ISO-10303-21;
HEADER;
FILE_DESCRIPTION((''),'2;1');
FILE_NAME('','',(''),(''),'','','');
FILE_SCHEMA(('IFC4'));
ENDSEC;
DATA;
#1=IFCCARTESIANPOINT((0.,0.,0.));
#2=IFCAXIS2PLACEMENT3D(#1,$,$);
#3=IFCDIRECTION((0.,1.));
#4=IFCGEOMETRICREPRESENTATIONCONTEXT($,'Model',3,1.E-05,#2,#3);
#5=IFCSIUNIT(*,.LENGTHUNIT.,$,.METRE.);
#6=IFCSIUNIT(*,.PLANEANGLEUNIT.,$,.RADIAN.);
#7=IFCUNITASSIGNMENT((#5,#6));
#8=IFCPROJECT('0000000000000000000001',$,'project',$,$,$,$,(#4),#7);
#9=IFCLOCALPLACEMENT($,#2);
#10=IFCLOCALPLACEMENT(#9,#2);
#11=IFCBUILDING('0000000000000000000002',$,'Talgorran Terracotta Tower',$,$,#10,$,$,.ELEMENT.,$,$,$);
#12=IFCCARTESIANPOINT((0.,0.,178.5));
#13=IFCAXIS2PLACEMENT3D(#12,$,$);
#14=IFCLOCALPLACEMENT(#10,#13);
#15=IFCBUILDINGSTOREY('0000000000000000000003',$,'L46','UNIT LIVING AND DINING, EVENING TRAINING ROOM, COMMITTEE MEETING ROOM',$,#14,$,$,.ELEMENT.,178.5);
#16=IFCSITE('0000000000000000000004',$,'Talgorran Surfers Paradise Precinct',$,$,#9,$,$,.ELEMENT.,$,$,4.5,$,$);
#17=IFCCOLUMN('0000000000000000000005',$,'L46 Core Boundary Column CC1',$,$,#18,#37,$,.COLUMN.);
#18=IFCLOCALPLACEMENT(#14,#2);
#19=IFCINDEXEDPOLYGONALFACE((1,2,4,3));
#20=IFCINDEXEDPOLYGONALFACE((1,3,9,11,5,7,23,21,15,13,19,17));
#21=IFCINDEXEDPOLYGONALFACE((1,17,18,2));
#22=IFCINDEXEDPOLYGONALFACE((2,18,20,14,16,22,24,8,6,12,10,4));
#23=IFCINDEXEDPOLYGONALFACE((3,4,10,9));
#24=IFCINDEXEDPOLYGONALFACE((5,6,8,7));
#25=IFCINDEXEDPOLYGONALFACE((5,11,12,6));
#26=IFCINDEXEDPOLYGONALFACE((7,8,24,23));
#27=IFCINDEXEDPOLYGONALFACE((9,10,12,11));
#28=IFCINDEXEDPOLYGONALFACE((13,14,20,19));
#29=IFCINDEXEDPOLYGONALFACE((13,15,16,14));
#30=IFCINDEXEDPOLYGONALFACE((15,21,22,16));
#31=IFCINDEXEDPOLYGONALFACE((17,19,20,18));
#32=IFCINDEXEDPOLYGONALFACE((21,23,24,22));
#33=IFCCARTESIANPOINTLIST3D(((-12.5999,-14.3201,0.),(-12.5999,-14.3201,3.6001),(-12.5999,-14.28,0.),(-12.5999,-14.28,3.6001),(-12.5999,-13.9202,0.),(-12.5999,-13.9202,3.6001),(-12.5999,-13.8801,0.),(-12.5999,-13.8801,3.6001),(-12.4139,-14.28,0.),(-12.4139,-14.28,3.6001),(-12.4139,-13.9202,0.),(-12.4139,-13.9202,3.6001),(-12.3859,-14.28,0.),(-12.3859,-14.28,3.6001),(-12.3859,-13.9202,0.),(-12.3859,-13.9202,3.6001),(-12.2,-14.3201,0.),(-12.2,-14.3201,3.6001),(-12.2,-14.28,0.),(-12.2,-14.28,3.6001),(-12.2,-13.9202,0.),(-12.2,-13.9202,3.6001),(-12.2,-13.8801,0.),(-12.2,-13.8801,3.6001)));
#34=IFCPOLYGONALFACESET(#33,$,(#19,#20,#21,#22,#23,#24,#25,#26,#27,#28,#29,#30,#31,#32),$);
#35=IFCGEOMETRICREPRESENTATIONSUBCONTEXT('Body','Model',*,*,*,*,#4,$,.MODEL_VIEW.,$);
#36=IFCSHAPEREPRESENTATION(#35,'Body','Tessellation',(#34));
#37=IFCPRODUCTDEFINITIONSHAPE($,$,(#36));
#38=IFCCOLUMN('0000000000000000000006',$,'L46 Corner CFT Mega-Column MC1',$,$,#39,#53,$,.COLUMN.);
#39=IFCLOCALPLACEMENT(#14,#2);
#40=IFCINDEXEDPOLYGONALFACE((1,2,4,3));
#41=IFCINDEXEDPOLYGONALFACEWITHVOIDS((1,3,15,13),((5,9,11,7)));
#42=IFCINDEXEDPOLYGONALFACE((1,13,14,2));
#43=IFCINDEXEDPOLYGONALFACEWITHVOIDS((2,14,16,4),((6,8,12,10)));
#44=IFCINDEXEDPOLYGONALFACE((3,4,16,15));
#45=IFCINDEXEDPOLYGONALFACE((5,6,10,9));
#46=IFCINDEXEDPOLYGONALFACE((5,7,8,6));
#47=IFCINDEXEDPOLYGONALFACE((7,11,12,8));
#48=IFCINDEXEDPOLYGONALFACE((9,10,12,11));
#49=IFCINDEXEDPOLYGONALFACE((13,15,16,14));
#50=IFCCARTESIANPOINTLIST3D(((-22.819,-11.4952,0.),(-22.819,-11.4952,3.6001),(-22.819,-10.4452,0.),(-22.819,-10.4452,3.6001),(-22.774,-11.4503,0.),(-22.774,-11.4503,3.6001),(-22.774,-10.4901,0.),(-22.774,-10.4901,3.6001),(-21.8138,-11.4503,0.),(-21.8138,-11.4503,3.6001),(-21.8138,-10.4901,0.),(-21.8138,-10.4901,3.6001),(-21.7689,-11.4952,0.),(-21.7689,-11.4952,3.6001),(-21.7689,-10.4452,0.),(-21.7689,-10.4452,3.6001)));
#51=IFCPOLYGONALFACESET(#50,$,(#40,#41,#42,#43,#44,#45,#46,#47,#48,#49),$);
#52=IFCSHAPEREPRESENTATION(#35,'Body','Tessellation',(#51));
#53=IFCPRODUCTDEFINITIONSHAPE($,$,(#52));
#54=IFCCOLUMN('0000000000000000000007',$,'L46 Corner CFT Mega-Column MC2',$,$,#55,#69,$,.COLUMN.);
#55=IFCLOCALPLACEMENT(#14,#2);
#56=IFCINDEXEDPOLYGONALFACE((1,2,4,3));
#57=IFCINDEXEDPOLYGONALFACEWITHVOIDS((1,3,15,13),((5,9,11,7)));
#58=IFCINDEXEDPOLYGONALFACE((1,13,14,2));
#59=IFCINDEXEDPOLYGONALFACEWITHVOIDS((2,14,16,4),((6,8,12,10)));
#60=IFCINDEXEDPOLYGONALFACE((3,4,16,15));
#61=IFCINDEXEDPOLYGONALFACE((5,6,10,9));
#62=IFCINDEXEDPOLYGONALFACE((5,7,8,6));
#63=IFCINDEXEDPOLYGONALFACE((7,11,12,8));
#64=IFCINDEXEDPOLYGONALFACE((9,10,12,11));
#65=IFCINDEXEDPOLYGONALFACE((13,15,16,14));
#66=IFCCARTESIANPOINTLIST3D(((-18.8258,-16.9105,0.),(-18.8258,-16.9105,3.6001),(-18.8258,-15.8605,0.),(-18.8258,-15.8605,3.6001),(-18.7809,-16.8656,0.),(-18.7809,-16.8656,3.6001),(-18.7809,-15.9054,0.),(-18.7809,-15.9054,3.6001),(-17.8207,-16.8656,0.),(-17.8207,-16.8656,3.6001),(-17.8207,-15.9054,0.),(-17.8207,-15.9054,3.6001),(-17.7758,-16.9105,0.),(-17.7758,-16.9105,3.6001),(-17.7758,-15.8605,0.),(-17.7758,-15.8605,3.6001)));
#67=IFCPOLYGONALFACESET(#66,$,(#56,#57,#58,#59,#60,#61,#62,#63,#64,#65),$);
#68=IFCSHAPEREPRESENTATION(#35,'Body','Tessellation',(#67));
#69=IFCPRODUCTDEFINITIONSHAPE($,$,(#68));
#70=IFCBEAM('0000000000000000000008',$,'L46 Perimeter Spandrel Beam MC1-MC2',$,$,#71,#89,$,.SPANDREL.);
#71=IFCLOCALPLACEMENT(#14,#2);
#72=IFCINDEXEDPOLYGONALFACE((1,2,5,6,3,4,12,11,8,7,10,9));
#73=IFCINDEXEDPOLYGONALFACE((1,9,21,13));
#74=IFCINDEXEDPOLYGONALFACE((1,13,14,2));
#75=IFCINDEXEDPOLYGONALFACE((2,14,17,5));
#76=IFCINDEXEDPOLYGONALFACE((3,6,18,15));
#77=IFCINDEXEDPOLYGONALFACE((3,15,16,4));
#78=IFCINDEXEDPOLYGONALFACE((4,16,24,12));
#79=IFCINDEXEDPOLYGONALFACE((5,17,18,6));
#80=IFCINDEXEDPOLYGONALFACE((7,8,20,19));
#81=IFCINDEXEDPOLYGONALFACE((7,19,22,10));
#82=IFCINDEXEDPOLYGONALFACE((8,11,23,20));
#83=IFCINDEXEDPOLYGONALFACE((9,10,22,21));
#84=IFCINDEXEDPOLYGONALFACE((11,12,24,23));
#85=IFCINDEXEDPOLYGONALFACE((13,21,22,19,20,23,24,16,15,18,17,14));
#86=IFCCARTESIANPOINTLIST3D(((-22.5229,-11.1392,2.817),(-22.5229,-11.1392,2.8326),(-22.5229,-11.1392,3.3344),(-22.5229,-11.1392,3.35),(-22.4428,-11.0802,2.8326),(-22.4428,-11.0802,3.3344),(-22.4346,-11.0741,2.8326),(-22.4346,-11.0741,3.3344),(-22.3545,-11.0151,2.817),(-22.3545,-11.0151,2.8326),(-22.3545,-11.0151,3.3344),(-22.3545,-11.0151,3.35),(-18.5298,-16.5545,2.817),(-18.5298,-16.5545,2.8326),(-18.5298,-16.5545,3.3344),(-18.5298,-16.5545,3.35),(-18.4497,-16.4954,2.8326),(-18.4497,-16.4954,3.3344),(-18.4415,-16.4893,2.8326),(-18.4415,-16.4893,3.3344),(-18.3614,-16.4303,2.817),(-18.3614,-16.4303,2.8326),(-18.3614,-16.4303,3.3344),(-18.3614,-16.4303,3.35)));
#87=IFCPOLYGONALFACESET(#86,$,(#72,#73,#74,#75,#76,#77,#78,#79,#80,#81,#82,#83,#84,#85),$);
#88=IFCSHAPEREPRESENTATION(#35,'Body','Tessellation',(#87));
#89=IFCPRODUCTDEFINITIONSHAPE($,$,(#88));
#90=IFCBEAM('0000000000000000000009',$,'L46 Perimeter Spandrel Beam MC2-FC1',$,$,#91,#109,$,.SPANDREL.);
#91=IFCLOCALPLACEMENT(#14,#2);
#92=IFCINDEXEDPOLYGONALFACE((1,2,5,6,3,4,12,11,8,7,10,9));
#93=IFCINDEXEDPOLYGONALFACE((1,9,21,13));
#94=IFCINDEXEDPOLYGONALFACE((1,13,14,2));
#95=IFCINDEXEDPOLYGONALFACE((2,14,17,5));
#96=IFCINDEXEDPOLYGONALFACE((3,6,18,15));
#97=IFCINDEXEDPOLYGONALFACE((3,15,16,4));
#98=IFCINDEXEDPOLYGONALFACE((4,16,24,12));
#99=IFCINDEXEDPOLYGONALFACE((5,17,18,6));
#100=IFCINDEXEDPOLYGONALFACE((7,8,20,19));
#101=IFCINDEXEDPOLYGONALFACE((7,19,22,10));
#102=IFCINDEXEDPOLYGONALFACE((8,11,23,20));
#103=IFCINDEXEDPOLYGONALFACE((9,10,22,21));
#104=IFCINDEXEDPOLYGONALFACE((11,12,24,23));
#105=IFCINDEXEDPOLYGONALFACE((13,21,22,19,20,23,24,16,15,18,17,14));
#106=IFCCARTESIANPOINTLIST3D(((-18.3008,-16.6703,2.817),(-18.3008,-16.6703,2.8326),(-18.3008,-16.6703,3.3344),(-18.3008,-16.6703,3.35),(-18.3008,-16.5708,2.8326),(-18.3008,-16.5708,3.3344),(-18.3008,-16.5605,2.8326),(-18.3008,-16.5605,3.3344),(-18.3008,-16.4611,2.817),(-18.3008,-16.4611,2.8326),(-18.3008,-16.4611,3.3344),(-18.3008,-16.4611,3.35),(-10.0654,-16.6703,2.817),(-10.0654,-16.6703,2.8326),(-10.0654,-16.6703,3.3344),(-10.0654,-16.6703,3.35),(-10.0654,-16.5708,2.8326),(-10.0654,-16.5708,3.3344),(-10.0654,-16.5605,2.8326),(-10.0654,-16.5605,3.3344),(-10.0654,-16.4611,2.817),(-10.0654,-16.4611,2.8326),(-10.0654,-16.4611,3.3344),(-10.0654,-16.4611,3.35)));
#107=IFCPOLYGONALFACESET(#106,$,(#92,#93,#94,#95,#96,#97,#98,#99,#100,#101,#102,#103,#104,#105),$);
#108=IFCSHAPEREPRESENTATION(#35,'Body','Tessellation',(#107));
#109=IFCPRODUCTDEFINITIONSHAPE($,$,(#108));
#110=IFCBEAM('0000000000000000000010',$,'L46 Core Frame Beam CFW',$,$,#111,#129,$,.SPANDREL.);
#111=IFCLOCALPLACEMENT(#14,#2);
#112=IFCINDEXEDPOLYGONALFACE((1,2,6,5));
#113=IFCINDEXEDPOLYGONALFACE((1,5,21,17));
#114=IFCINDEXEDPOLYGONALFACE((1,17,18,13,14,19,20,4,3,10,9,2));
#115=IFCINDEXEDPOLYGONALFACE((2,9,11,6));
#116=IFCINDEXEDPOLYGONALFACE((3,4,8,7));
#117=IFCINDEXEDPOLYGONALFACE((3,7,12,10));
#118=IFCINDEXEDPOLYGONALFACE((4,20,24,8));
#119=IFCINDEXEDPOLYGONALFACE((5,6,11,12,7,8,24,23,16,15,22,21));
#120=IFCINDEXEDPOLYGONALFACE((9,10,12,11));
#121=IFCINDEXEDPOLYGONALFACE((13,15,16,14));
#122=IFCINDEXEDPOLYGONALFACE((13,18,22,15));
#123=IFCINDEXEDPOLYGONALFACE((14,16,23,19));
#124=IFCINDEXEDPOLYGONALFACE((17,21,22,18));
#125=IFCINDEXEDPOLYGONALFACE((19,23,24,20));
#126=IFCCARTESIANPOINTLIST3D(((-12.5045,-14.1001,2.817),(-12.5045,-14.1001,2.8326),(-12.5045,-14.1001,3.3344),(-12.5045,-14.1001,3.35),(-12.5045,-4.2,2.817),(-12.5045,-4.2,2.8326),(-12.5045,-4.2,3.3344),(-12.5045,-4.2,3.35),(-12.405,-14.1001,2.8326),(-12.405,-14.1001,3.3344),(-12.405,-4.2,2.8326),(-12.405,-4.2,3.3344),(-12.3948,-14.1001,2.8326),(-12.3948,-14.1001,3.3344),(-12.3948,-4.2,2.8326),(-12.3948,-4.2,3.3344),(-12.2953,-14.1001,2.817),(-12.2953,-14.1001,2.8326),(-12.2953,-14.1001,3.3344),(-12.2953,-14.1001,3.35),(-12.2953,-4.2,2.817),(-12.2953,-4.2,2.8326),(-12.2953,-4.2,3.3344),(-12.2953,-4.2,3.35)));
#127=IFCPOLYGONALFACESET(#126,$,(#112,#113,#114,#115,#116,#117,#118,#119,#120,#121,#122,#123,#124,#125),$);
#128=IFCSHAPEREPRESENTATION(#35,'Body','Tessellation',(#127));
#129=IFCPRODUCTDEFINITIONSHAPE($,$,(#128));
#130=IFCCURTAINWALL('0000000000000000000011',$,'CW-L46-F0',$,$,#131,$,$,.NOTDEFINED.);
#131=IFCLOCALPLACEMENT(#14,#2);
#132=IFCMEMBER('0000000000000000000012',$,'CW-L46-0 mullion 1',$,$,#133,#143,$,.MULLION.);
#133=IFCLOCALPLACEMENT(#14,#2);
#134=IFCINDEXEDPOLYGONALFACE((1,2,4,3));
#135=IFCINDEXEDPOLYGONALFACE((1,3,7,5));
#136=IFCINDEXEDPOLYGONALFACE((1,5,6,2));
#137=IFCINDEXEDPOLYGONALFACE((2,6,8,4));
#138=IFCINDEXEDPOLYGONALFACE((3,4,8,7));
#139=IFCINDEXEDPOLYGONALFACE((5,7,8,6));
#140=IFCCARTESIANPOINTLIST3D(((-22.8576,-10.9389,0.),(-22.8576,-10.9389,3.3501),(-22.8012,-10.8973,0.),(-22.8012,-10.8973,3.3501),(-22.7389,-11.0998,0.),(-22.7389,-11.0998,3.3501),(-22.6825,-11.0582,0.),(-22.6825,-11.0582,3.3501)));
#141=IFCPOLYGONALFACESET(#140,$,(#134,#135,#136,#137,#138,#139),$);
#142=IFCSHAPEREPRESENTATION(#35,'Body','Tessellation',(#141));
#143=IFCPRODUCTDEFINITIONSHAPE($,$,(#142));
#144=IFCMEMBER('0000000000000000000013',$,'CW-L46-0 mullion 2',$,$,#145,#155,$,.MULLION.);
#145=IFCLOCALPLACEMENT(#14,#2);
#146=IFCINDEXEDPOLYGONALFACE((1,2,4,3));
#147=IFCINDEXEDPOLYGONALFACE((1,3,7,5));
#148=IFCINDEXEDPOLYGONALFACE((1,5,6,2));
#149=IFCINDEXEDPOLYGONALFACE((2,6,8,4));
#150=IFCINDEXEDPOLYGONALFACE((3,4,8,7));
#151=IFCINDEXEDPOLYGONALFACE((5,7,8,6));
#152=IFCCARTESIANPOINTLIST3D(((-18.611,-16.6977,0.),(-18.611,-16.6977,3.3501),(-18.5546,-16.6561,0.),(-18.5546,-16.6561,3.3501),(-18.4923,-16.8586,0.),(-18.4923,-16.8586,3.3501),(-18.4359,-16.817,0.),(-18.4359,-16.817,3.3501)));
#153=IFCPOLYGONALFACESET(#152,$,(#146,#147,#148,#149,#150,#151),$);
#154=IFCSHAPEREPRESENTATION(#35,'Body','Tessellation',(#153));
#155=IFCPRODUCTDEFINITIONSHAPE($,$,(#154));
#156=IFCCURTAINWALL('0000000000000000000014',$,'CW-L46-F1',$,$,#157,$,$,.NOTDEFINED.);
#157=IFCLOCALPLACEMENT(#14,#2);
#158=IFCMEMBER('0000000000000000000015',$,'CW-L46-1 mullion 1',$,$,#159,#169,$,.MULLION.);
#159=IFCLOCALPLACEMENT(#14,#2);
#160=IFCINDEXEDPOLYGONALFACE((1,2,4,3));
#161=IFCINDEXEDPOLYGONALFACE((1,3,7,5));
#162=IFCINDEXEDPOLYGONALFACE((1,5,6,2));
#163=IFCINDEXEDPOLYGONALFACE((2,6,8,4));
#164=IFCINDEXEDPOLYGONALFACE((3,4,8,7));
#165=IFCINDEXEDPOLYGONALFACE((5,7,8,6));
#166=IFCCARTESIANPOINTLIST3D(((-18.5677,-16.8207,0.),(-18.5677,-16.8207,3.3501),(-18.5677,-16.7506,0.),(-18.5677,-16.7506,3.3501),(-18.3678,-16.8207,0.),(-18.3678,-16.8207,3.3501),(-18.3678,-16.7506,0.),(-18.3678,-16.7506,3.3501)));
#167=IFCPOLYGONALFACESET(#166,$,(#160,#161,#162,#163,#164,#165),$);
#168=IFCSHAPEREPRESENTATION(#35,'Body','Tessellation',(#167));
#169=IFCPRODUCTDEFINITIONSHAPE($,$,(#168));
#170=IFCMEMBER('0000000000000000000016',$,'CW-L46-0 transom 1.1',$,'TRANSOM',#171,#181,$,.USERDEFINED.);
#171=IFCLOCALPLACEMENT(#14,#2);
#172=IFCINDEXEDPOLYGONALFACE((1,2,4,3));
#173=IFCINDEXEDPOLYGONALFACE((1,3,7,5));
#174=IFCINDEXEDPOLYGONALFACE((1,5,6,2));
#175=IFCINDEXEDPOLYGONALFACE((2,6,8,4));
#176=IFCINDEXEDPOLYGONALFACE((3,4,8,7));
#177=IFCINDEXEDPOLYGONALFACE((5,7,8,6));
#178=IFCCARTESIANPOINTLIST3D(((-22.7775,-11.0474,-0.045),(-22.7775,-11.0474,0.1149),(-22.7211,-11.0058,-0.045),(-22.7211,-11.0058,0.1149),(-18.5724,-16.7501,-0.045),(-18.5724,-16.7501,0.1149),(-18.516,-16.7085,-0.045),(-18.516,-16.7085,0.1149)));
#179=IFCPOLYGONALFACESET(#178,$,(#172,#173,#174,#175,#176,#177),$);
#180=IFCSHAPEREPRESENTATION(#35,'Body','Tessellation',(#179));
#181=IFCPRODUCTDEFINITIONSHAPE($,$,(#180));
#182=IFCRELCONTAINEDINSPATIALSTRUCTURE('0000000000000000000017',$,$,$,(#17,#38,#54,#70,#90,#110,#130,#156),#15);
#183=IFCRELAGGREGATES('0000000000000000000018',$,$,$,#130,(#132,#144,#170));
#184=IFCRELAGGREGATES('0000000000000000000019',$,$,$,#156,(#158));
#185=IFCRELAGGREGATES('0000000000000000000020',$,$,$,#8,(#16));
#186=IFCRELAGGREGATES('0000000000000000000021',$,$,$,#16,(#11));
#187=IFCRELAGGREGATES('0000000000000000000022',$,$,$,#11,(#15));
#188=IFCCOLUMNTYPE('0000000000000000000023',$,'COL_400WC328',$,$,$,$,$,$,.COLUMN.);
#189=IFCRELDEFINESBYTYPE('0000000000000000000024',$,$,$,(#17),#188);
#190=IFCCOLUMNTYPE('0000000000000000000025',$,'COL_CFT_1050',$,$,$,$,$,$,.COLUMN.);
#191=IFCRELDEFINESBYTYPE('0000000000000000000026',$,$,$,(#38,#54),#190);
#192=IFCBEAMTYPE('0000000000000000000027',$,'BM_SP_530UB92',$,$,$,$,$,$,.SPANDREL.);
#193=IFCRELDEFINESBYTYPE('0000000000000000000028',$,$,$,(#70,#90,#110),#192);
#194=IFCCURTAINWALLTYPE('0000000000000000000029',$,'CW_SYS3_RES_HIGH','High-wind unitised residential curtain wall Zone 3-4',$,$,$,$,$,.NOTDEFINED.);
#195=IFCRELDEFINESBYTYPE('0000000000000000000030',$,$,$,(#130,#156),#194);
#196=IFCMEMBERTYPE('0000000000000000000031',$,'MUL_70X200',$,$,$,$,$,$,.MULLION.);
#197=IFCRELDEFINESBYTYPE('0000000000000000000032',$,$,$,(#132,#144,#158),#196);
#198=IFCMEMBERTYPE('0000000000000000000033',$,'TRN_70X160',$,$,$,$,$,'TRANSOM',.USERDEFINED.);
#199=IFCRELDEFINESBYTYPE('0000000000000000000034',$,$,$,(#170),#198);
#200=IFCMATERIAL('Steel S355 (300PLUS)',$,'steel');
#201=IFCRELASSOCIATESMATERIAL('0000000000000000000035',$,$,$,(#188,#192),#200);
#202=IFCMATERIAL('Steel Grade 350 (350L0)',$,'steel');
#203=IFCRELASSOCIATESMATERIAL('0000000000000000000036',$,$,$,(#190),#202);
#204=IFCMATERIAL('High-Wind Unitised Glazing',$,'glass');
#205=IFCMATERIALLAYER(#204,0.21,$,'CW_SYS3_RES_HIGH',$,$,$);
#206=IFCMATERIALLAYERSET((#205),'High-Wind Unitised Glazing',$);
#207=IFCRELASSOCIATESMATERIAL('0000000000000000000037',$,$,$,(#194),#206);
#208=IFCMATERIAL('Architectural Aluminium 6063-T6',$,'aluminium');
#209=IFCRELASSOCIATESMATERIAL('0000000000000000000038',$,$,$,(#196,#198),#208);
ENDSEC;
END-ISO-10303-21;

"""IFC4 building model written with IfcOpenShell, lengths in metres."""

from ifc_helpers import new_model, si_unit, direction, frame, origin, origin_2d, place, context, subcontext, project, spatial, rectangle, hollow_rectangle, i_section, extrude, material, layer, layer_set, material_profile, profile_set, type_object, element, aggregate, save


model = new_model("IFC4")

# Units and contexts
model_context = context("Model", 3, precision=1e-05, world=origin(), true_north=direction((0.0, 1.0)))
body_context = subcontext(model_context, "Body", "Model", "MODEL_VIEW")
ifc_project = project(units=[si_unit("LENGTHUNIT", "METRE"), si_unit("PLANEANGLEUNIT", "RADIAN")], contexts=[model_context])

# Site, building, storey
site_placement = place(None, origin())
site = spatial("IfcSite", under=ifc_project, at=site_placement, Name="Talgorran Surfers Paradise Precinct", CompositionType="ELEMENT", RefElevation=4.5)
building_placement = place(site_placement, origin())
building = spatial("IfcBuilding", under=site, at=building_placement, Name="Talgorran Terracotta Tower", CompositionType="ELEMENT")
storey_placement = place(building_placement, frame((0.0, 0.0, 178.5)))
storey = spatial("IfcBuildingStorey", under=building, at=storey_placement, Name="L46", Description="UNIT LIVING AND DINING, EVENING TRAINING ROOM, COMMITTEE MEETING ROOM", CompositionType="ELEMENT", Elevation=178.5)

# Columns
ifc_material_1 = material(Name="Steel S355 (300PLUS)", Category="steel")
ifc_material_profile_1 = material_profile(ifc_material_1, i_section(OverallWidth=0.3999, OverallDepth=0.4399, WebThickness=0.0281, FlangeThickness=0.04, at=origin_2d()), Name="400WC328")
ifc_profile_set_1 = profile_set([ifc_material_profile_1], Name="Steel S355 (300PLUS)")
column_type_1 = type_object("IfcColumnType", Name="COL_400WC328", PredefinedType="COLUMN", material=ifc_profile_set_1)
column_placement = place(storey_placement, frame((-12.3999, -14.1001, 0.0), z_axis=(0.0, 0.0, 1.0), x_axis=(1.0, 0.0, 0.0)))
element("IfcColumn", 1, at=column_placement, inside=storey, type_object=column_type_1, Name="L46 Core Boundary Column CC1", PredefinedType="COLUMN", context=body_context, shape_type="SweptSolid", body=[
    extrude(i_section(OverallWidth=0.3999, OverallDepth=0.4399, WebThickness=0.0281, FlangeThickness=0.04, at=origin_2d()), origin(), (0.0, 0.0, 1.0), 3.6001),
])
ifc_material_2 = material(Name="Steel Grade 350 (350L0)", Category="steel")
ifc_material_profile_2 = material_profile(ifc_material_2, hollow_rectangle(XDim=1.05, YDim=1.05, WallThickness=0.0449, at=origin_2d()), Name="CFT1050X1050X45")
ifc_profile_set_2 = profile_set([ifc_material_profile_2], Name="Steel Grade 350 (350L0)")
column_type_2 = type_object("IfcColumnType", Name="COL_CFT_1050", PredefinedType="COLUMN", material=ifc_profile_set_2)
for number, where, z_axis, x_axis, name in (
    (2, (-22.2939, -10.9702, 0.0), (0.0, 0.0, 1.0), (1.0, 0.0, 0.0), "L46 Corner CFT Mega-Column MC1"),
    (3, (-18.3008, -16.3855, 0.0), (0.0, 0.0, 1.0), (1.0, 0.0, 0.0), "L46 Corner CFT Mega-Column MC2"),
):
    element("IfcColumn", number, at=place(storey_placement, frame(where, z_axis=z_axis, x_axis=x_axis)), inside=storey, type_object=column_type_2, Name=name, PredefinedType="COLUMN", context=body_context, shape_type="SweptSolid", body=[
        extrude(hollow_rectangle(XDim=1.05, YDim=1.05, WallThickness=0.0449, at=origin_2d()), origin(), (0.0, 0.0, 1.0), 3.6001),
    ])

# Beams
ifc_material_profile_3 = material_profile(ifc_material_1, i_section(OverallWidth=0.2092, OverallDepth=0.533, WebThickness=0.0103, FlangeThickness=0.0156, at=origin_2d()), Name="530UB92.4")
ifc_profile_set_3 = profile_set([ifc_material_profile_3], Name="Steel S355 (300PLUS)")
beam_type = type_object("IfcBeamType", Name="BM_SP_530UB92", PredefinedType="SPANDREL", material=ifc_profile_set_3)
beam_1_placement = place(storey_placement, frame((-22.4387, -11.0771, 3.0835), z_axis=(0.593484, -0.804846, 0.0), x_axis=(0.804846, 0.593484, 0.0)))
element("IfcBeam", 4, at=beam_1_placement, inside=storey, type_object=beam_type, Name="L46 Perimeter Spandrel Beam MC1-MC2", PredefinedType="SPANDREL", context=body_context, shape_type="SweptSolid", body=[
    extrude(i_section(OverallWidth=0.2092, OverallDepth=0.533, WebThickness=0.0103, FlangeThickness=0.0156, at=origin_2d()), origin(), (0.0, 0.0, 1.0), 6.7283),
])
beam_2_placement = place(storey_placement, frame((-18.3008, -16.5657, 3.0835), z_axis=(1.0, 0.0, 0.0), x_axis=(0.0, 1.0, 0.0)))
element("IfcBeam", 5, at=beam_2_placement, inside=storey, type_object=beam_type, Name="L46 Perimeter Spandrel Beam MC2-FC1", PredefinedType="SPANDREL", context=body_context, shape_type="SweptSolid", body=[
    extrude(i_section(OverallWidth=0.2092, OverallDepth=0.533, WebThickness=0.0103, FlangeThickness=0.0156, at=origin_2d()), origin(), (0.0, 0.0, 1.0), 8.2354),
])
beam_3_placement = place(storey_placement, frame((-12.3999, -14.1001, 3.0835), z_axis=(0.0, 1.0, 0.0), x_axis=(-1.0, 0.0, 0.0)))
element("IfcBeam", 6, at=beam_3_placement, inside=storey, type_object=beam_type, Name="L46 Core Frame Beam CFW", PredefinedType="SPANDREL", context=body_context, shape_type="SweptSolid", body=[
    extrude(i_section(OverallWidth=0.2092, OverallDepth=0.533, WebThickness=0.0103, FlangeThickness=0.0156, at=origin_2d()), origin(), (0.0, 0.0, 1.0), 9.9001),
])

# Curtain wall, members
ifc_material_3 = material(Name="High-Wind Unitised Glazing", Category="glass")
ifc_layer_1 = layer(ifc_material_3, 0.21, Name="CW_SYS3_RES_HIGH")
ifc_layer_set_1 = layer_set([ifc_layer_1], Name="High-Wind Unitised Glazing")
curtain_wall_type = type_object("IfcCurtainWallType", Name="CW_SYS3_RES_HIGH", Description="High-wind unitised residential curtain wall Zone 3-4", PredefinedType="NOTDEFINED", material=ifc_layer_set_1)
curtain_wall_1_placement = place(storey_placement, origin())
curtain_wall_1 = element("IfcCurtainWall", 7, at=curtain_wall_1_placement, inside=storey, type_object=curtain_wall_type, Name="CW-L46-F0", PredefinedType="NOTDEFINED")
ifc_material_4 = material(Name="Architectural Aluminium 6063-T6", Category="aluminium")
ifc_material_profile_4 = material_profile(ifc_material_4, rectangle(XDim=0.0701, YDim=0.2, at=origin_2d()), Name="CWM70X200")
ifc_profile_set_4 = profile_set([ifc_material_profile_4], Name="Architectural Aluminium 6063-T6")
member_type_1 = type_object("IfcMemberType", Name="MUL_70X200", PredefinedType="MULLION", material=ifc_profile_set_4)
member_1_placement = place(storey_placement, frame((-22.77, -10.9985, 0.0), z_axis=(0.0, 0.0, 1.0), x_axis=(0.804841, 0.59349, 0.0)))
member_1 = element("IfcMember", 8, at=member_1_placement, type_object=member_type_1, Name="CW-L46-0 mullion 1", PredefinedType="MULLION", context=body_context, shape_type="SweptSolid", body=[
    extrude(rectangle(XDim=0.0701, YDim=0.2, at=origin_2d()), origin(), (0.0, 0.0, 1.0), 3.3501),
])
member_2_placement = place(storey_placement, frame((-18.5234, -16.7573, 0.0), z_axis=(0.0, 0.0, 1.0), x_axis=(0.804841, 0.59349, 0.0)))
member_2 = element("IfcMember", 9, at=member_2_placement, type_object=member_type_1, Name="CW-L46-0 mullion 2", PredefinedType="MULLION", context=body_context, shape_type="SweptSolid", body=[
    extrude(rectangle(XDim=0.0701, YDim=0.2, at=origin_2d()), origin(), (0.0, 0.0, 1.0), 3.3501),
])

# Curtain wall, member
curtain_wall_2_placement = place(storey_placement, origin())
curtain_wall_2 = element("IfcCurtainWall", 10, at=curtain_wall_2_placement, inside=storey, type_object=curtain_wall_type, Name="CW-L46-F1", PredefinedType="NOTDEFINED")
member_3_placement = place(storey_placement, frame((-18.4678, -16.7856, 0.0), z_axis=(0.0, 0.0, 1.0), x_axis=(0.0, 1.0, 0.0)))
member_3 = element("IfcMember", 11, at=member_3_placement, type_object=member_type_1, Name="CW-L46-1 mullion 1", PredefinedType="MULLION", context=body_context, shape_type="SweptSolid", body=[
    extrude(rectangle(XDim=0.0701, YDim=0.2, at=origin_2d()), origin(), (0.0, 0.0, 1.0), 3.3501),
])

# Member
ifc_material_profile_5 = material_profile(ifc_material_4, rectangle(XDim=0.0701, YDim=0.1599, at=origin_2d()), Name="CWT70X160")
ifc_profile_set_5 = profile_set([ifc_material_profile_5], Name="Architectural Aluminium 6063-T6")
member_type_2 = type_object("IfcMemberType", Name="TRN_70X160", ElementType="TRANSOM", PredefinedType="USERDEFINED", material=ifc_profile_set_5)
member_4_placement = place(storey_placement, frame((-22.7493, -11.0266, 0.0349), z_axis=(0.593486, -0.804844, 0.0), x_axis=(0.804844, 0.593486, 0.0)))
member_4 = element("IfcMember", 12, at=member_4_placement, type_object=member_type_2, Name="CW-L46-0 transom 1.1", ObjectType="TRANSOM", PredefinedType="USERDEFINED", context=body_context, shape_type="SweptSolid", body=[
    extrude(rectangle(XDim=0.0701, YDim=0.1599, at=origin_2d()), origin(), (0.0, 0.0, 1.0), 7.0854),
])

aggregate(curtain_wall_1, [member_1, member_2, member_4])
aggregate(curtain_wall_2, [member_3])

save(model, "model.ifc")
